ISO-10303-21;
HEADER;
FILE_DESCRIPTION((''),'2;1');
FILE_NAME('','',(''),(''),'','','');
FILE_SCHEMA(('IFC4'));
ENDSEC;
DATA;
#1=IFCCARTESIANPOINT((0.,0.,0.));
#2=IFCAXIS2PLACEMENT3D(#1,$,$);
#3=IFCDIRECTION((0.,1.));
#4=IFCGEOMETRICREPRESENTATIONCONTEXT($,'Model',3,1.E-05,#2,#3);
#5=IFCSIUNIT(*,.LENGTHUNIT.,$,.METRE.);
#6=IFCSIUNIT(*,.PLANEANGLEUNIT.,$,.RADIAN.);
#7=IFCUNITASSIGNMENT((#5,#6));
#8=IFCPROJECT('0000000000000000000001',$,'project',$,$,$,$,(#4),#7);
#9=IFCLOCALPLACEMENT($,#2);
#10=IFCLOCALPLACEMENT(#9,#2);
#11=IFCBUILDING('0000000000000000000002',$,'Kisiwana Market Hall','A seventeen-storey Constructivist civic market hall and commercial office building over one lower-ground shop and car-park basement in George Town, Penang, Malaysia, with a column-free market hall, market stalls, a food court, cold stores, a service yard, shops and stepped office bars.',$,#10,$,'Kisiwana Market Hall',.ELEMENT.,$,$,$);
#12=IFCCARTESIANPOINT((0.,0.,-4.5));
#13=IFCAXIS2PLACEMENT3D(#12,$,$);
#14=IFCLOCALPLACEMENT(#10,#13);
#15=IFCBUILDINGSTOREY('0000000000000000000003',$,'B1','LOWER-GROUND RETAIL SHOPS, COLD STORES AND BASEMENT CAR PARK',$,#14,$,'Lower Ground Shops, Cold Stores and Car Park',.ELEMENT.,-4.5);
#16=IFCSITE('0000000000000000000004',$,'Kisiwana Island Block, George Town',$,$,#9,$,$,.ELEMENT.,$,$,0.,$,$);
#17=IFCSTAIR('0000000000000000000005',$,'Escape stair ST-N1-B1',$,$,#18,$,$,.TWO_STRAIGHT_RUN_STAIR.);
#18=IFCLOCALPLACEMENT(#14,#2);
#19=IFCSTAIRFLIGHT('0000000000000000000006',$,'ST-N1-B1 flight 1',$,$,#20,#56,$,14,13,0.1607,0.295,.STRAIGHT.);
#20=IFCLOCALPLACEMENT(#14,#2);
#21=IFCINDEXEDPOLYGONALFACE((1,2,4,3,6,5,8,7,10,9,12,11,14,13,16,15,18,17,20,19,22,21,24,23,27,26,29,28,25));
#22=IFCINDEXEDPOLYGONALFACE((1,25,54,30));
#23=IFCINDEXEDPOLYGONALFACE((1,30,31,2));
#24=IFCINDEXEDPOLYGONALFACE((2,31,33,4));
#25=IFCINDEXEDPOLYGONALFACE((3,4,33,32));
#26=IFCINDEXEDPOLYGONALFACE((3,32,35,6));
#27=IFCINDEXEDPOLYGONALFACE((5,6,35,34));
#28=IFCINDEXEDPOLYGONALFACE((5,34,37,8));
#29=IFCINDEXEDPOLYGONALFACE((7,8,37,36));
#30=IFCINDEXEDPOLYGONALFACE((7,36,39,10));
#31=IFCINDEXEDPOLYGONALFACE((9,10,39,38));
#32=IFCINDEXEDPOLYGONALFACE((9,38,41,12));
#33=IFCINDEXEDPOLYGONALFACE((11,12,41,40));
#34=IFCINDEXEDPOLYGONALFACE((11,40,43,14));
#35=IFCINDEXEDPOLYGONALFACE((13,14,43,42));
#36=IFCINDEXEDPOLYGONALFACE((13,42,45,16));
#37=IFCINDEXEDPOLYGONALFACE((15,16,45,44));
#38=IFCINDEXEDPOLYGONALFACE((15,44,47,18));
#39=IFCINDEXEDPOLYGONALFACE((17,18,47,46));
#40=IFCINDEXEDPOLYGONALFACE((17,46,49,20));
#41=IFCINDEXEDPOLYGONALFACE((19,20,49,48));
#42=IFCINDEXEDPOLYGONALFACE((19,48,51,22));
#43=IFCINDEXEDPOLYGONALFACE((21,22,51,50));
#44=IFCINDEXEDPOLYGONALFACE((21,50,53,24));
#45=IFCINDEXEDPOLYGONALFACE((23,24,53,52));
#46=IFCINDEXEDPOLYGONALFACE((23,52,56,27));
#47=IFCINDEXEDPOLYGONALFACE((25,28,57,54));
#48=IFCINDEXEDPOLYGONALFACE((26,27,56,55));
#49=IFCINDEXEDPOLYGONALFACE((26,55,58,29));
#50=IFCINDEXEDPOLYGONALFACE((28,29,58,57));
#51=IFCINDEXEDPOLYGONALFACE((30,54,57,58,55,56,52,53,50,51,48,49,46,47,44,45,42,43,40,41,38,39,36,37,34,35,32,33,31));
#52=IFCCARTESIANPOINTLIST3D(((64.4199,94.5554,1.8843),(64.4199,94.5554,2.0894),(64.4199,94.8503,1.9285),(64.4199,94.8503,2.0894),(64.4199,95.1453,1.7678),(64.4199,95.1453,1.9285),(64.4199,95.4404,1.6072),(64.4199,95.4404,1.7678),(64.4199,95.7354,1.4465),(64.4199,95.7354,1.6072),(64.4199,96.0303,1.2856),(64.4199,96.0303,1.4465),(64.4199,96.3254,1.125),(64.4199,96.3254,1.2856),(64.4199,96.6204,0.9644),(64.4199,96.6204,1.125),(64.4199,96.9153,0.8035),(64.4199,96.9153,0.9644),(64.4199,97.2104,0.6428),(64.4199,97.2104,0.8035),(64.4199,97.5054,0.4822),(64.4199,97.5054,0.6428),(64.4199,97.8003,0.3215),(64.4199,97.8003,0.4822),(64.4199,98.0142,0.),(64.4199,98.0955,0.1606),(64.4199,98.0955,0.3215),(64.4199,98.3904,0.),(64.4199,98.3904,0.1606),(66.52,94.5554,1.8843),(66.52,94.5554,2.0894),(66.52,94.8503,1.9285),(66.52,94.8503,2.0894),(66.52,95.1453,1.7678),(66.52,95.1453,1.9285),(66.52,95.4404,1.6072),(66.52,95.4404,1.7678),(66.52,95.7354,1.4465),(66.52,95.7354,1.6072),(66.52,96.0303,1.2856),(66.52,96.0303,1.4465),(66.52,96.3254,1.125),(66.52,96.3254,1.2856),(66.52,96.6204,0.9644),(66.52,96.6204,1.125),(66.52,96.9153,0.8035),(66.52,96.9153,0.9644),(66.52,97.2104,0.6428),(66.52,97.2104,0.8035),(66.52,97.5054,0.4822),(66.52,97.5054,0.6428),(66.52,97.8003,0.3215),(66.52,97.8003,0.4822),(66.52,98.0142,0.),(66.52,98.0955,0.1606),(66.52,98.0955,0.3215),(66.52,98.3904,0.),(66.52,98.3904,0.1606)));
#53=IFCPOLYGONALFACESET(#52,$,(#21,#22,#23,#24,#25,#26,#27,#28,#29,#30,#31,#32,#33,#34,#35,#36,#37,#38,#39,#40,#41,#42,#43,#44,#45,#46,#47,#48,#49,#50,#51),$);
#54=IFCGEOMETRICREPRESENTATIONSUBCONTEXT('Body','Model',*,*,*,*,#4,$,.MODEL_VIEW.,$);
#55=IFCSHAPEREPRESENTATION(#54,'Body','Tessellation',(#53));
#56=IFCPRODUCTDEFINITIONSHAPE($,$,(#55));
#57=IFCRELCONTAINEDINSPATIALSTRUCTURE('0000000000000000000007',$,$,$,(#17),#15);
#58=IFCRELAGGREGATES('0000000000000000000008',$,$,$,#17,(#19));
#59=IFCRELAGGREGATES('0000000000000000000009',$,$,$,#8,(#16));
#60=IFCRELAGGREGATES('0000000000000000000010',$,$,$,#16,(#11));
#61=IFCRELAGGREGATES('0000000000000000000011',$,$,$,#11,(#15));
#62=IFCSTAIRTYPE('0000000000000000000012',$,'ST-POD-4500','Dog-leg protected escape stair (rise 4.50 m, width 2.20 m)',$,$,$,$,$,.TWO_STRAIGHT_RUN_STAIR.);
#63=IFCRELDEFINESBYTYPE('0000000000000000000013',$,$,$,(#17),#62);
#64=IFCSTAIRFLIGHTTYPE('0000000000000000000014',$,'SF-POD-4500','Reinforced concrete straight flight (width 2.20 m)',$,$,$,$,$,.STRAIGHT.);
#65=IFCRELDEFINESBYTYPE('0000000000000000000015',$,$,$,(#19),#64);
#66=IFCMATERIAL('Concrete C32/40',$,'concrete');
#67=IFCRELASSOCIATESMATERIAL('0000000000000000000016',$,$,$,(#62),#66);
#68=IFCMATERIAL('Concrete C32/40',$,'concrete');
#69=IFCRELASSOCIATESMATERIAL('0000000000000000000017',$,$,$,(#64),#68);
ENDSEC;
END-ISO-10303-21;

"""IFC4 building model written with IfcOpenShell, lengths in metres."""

from ifc_helpers import new_model, si_unit, direction, frame, origin, place, context, subcontext, project, spatial, polyline, outline, extrude, material, type_object, element, aggregate, save


model = new_model("IFC4")

# Units and contexts
model_context = context("Model", 3, precision=1e-05, world=origin(), true_north=direction((0.0, 1.0)))
body_context = subcontext(model_context, "Body", "Model", "MODEL_VIEW")
ifc_project = project(units=[si_unit("LENGTHUNIT", "METRE"), si_unit("PLANEANGLEUNIT", "RADIAN")], contexts=[model_context])

# Site, building, storey
site_placement = place(None, origin())
site = spatial("IfcSite", under=ifc_project, at=site_placement, Name="Kisiwana Island Block, George Town", CompositionType="ELEMENT", RefElevation=0.0)
building_placement = place(site_placement, origin())
building = spatial("IfcBuilding", under=site, at=building_placement, Name="Kisiwana Market Hall", Description="A seventeen-storey Constructivist civic market hall and commercial office building over one lower-ground shop and car-park basement in George Town, Penang, Malaysia, with a column-free market hall, market stalls, a food court, cold stores, a service yard, shops and stepped office bars.", LongName="Kisiwana Market Hall", CompositionType="ELEMENT")
storey_placement = place(building_placement, frame((0.0, 0.0, -4.5)))
storey = spatial("IfcBuildingStorey", under=building, at=storey_placement, Name="B1", Description="LOWER-GROUND RETAIL SHOPS, COLD STORES AND BASEMENT CAR PARK", LongName="Lower Ground Shops, Cold Stores and Car Park", CompositionType="ELEMENT", Elevation=-4.5)

# Stair, stair flight
ifc_material_1 = material(Name="Concrete C32/40", Category="concrete")
stair_type = type_object("IfcStairType", Name="ST-POD-4500", Description="Dog-leg protected escape stair (rise 4.50 m, width 2.20 m)", PredefinedType="TWO_STRAIGHT_RUN_STAIR", material=ifc_material_1)
stair_placement = place(storey_placement, origin())
stair = element("IfcStair", 1, at=stair_placement, inside=storey, type_object=stair_type, Name="Escape stair ST-N1-B1", PredefinedType="TWO_STRAIGHT_RUN_STAIR")
ifc_material_2 = material(Name="Concrete C32/40", Category="concrete")
stair_flight_type = type_object("IfcStairFlightType", Name="SF-POD-4500", Description="Reinforced concrete straight flight (width 2.20 m)", PredefinedType="STRAIGHT", material=ifc_material_2)
stair_flight_placement = place(storey_placement, frame((65.47, 98.3904, 0.0), z_axis=(0.0, 0.0, 1.0), x_axis=(0.0, -1.0, 0.0)))
stair_flight = element("IfcStairFlight", 2, at=stair_flight_placement, type_object=stair_flight_type, Name="ST-N1-B1 flight 1", NumberOfRisers=14, NumberOfTreads=13, PredefinedType="STRAIGHT", RiserHeight=0.1607, TreadLength=0.295, context=body_context, shape_type="SweptSolid", body=[
    extrude(outline(polyline([(0.0, 0.0), (0.0, 0.1606), (0.2949, 0.1606), (0.2949, 0.3215), (0.5901, 0.3215), (0.5901, 0.4822), (0.885, 0.4822), (0.885, 0.6428), (1.1799, 0.6428), (1.1799, 0.8035), (1.4751, 0.8035), (1.4751, 0.9644), (1.77, 0.9644), (1.77, 1.125), (2.0649, 1.125), (2.0649, 1.2856), (2.3601, 1.2856), (2.3601, 1.4465), (2.655, 1.4465), (2.655, 1.6072), (2.95, 1.6072), (2.95, 1.7678), (3.2451, 1.7678), (3.2451, 1.9285), (3.54, 1.9285), (3.54, 2.0894), (3.835, 2.0894), (3.835, 2.25), (3.835, 1.8843), (0.3762, 0.0), (0.0, 0.0)])), frame((0.0, 1.05, 0.0), z_axis=(0.0, -1.0, 0.0), x_axis=(1.0, 0.0, 0.0)), (0.0, 0.0, 1.0), 2.1001),
])
aggregate(stair, [stair_flight])

save(model, "model.ifc")
